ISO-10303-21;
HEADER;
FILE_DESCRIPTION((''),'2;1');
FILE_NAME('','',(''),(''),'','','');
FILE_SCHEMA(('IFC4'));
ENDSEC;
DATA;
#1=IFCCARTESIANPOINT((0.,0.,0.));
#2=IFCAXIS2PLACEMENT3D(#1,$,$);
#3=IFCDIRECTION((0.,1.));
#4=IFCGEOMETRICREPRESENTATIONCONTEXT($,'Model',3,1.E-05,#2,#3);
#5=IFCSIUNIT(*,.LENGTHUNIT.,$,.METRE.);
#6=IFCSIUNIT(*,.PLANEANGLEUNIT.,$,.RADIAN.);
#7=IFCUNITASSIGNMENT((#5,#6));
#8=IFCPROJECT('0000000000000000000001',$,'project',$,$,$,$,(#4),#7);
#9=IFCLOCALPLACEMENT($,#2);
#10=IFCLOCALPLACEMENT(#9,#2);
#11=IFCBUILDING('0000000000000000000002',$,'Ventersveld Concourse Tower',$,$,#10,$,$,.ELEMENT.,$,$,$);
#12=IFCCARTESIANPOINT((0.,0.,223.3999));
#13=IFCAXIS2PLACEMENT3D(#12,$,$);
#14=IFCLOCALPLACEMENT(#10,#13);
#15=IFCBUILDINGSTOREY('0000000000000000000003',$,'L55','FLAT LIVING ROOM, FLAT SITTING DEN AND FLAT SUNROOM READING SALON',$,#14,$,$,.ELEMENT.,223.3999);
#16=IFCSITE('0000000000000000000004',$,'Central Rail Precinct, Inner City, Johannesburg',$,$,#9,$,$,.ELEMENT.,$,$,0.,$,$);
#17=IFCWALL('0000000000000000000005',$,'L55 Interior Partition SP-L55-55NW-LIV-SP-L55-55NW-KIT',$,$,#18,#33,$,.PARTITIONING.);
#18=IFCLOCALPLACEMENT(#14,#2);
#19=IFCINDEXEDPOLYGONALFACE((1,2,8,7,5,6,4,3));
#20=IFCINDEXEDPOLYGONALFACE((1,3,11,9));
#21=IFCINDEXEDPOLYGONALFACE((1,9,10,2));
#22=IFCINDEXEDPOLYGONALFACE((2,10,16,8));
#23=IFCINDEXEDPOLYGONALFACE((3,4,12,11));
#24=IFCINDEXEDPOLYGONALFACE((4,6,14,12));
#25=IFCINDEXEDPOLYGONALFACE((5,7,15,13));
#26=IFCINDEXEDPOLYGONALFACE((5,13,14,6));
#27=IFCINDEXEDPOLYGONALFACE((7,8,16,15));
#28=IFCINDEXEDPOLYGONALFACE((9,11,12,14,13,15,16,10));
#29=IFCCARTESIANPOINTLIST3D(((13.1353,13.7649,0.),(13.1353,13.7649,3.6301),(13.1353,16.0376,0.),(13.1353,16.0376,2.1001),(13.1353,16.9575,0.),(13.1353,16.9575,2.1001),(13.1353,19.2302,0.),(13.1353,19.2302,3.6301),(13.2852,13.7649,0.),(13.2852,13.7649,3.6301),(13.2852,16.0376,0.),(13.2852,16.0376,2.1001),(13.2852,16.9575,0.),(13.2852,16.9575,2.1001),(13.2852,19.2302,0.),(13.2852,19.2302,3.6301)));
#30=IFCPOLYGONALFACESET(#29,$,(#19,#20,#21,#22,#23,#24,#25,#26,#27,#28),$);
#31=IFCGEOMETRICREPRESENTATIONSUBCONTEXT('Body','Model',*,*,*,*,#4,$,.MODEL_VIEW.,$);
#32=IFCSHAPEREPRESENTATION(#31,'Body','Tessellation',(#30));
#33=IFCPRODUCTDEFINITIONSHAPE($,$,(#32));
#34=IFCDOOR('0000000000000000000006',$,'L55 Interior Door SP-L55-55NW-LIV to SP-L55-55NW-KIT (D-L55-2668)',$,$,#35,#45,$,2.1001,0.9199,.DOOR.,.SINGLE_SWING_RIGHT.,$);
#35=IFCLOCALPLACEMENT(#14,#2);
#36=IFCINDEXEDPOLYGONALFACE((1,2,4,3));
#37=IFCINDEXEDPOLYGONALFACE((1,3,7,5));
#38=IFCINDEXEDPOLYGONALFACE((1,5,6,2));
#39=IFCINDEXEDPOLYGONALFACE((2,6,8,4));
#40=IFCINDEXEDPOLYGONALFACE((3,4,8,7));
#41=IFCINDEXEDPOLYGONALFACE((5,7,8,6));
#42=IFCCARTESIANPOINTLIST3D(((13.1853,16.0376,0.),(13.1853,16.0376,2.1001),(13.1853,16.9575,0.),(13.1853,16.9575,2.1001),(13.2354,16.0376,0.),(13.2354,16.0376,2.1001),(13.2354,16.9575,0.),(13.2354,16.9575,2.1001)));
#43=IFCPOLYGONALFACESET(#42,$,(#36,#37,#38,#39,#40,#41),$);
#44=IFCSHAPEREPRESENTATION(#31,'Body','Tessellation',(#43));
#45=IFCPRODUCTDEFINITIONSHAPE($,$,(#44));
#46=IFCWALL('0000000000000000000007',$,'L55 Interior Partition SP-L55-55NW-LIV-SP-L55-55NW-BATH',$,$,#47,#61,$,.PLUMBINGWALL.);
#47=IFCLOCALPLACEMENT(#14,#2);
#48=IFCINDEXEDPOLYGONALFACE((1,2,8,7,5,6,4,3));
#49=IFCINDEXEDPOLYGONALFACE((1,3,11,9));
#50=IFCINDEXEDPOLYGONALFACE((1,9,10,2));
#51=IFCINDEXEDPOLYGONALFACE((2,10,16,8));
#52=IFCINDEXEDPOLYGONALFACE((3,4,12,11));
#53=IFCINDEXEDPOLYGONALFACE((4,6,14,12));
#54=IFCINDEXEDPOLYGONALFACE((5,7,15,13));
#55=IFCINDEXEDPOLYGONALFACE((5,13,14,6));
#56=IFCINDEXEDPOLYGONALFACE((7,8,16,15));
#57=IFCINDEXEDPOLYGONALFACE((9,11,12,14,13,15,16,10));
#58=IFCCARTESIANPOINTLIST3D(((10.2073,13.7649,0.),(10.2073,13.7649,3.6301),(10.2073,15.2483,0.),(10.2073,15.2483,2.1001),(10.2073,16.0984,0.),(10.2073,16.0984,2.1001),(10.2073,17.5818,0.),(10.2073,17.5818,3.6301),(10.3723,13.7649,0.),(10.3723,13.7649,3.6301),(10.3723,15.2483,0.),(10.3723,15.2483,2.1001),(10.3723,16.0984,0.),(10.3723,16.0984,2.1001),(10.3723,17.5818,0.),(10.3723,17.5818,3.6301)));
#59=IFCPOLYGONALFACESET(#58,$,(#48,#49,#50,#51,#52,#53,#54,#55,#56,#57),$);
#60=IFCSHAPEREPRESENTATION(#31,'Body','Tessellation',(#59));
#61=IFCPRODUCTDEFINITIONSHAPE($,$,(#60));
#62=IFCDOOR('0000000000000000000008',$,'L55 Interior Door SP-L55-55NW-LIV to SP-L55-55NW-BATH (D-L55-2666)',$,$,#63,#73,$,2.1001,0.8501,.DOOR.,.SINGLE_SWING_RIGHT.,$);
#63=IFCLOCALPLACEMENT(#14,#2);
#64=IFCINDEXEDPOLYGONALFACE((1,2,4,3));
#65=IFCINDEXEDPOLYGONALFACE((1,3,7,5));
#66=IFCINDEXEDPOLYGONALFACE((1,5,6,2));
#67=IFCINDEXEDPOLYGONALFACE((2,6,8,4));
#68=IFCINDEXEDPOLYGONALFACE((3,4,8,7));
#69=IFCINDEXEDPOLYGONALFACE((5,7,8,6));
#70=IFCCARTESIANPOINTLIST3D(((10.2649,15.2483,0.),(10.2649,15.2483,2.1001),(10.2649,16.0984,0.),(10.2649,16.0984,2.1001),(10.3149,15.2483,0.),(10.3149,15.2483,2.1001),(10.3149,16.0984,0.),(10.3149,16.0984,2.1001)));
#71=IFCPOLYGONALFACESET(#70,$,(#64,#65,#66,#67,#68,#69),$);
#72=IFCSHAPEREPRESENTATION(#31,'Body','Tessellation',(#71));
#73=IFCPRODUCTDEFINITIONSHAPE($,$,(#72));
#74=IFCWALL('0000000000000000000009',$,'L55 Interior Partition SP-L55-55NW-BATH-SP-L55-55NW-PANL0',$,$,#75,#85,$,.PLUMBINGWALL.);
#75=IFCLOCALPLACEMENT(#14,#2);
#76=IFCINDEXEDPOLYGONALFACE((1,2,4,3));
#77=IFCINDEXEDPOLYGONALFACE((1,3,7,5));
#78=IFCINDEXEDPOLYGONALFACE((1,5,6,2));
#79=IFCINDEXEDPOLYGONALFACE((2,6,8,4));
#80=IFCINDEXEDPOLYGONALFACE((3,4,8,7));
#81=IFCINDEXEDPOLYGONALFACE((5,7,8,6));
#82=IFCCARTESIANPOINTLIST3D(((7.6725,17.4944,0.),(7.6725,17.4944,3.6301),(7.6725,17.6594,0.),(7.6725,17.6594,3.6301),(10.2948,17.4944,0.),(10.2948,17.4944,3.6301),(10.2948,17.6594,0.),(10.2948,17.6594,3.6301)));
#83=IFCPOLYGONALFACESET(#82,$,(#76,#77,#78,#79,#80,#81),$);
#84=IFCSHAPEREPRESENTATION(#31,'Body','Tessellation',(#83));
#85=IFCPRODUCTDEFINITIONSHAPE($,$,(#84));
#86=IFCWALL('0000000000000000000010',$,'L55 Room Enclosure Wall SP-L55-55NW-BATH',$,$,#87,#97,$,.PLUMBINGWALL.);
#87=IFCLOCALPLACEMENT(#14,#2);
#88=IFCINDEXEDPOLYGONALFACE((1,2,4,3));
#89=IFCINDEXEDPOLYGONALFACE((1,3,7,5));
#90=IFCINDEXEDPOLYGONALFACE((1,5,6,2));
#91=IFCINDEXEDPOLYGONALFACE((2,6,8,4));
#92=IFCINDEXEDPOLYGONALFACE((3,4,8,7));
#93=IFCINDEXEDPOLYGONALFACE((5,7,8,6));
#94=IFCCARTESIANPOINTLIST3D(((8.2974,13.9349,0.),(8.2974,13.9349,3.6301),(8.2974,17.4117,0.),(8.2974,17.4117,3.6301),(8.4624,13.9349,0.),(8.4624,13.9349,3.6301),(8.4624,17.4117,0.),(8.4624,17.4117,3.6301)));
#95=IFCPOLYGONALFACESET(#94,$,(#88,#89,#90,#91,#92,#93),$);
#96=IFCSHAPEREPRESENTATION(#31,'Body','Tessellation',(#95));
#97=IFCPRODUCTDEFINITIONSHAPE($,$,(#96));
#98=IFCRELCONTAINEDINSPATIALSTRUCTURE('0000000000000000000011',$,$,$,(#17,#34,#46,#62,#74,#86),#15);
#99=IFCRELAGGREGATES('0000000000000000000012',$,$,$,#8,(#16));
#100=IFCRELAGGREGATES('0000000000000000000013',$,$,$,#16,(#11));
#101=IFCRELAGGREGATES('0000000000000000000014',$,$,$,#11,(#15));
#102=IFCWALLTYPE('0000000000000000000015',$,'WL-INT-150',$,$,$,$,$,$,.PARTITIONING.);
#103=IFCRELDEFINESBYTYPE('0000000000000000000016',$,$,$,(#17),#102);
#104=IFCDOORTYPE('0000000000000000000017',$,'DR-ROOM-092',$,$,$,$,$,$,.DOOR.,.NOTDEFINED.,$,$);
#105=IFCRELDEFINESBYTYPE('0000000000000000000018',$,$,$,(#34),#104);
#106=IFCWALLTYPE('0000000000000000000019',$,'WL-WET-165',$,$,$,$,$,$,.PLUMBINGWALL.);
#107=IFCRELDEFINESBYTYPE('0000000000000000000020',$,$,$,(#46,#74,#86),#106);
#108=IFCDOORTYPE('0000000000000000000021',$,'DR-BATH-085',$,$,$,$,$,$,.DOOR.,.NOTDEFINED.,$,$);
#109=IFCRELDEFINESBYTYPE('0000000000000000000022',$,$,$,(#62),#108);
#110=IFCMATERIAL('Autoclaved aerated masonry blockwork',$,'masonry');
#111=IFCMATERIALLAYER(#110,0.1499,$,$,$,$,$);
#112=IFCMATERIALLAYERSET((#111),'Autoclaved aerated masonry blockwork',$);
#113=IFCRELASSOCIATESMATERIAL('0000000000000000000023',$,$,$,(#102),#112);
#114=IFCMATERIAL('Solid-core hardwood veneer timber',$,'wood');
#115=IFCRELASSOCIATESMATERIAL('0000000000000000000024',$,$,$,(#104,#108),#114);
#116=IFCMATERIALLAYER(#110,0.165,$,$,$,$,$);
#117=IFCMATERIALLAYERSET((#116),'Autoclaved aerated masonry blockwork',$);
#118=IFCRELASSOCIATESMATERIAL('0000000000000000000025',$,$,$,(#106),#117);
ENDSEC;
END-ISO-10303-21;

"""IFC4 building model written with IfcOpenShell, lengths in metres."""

from ifc_helpers import new_model, si_unit, direction, frame, frame_2d, origin, place, context, subcontext, project, spatial, rectangle, extrude, material, layer, layer_set, type_object, element, fill, save


model = new_model("IFC4")

# Units and contexts
model_context = context("Model", 3, precision=1e-05, world=origin(), true_north=direction((0.0, 1.0)))
body_context = subcontext(model_context, "Body", "Model", "MODEL_VIEW")
ifc_project = project(units=[si_unit("LENGTHUNIT", "METRE"), si_unit("PLANEANGLEUNIT", "RADIAN")], contexts=[model_context])

# Site, building, storey
site_placement = place(None, origin())
site = spatial("IfcSite", under=ifc_project, at=site_placement, Name="Central Rail Precinct, Inner City, Johannesburg", CompositionType="ELEMENT", RefElevation=0.0)
building_placement = place(site_placement, origin())
building = spatial("IfcBuilding", under=site, at=building_placement, Name="Ventersveld Concourse Tower", CompositionType="ELEMENT")
storey_placement = place(building_placement, frame((0.0, 0.0, 223.3999)))
storey = spatial("IfcBuildingStorey", under=building, at=storey_placement, Name="L55", Description="FLAT LIVING ROOM, FLAT SITTING DEN AND FLAT SUNROOM READING SALON", CompositionType="ELEMENT", Elevation=223.3999)

# Shared definitions
ifc_material_1 = material(Name="Solid-core hardwood veneer timber", Category="wood")

# Walls, openings, doors
ifc_material_2 = material(Name="Autoclaved aerated masonry blockwork", Category="masonry")
ifc_layer_1 = layer(ifc_material_2, 0.1499)
ifc_layer_set_1 = layer_set([ifc_layer_1], Name="Autoclaved aerated masonry blockwork")
wall_type_1 = type_object("IfcWallType", Name="WL-INT-150", PredefinedType="PARTITIONING", material=ifc_layer_set_1)
door_type_1 = type_object("IfcDoorType", Name="DR-ROOM-092", OperationType="NOTDEFINED", PredefinedType="DOOR", material=ifc_material_1)
wall_1_placement = place(storey_placement, frame((13.2102, 13.7649, 0.0), z_axis=(0.0, 0.0, 1.0), x_axis=(0.0, 1.0, 0.0)))
wall_1 = element("IfcWall", 1, at=wall_1_placement, inside=storey, type_object=wall_type_1, Name="L55 Interior Partition SP-L55-55NW-LIV-SP-L55-55NW-KIT", PredefinedType="PARTITIONING", context=body_context, shape_type="SweptSolid", body=[
    extrude(rectangle(XDim=5.4653, YDim=0.1499, at=frame_2d((2.7327, 0.0))), origin(), (0.0, 0.0, 1.0), 3.6301),
])
opening_1_placement = place(wall_1_placement, frame((2.2727, 0.0, 0.0)))
opening_1 = element("IfcOpeningElement", 2, at=opening_1_placement, cuts=wall_1, PredefinedType="OPENING", context=body_context, shape_type="SweptSolid", body=[
    extrude(rectangle(XDim=0.9199, YDim=2.1001, at=frame_2d((0.46, 1.05))), frame((0.0, 0.085, 0.0), z_axis=(0.0, -1.0, 0.0), x_axis=(1.0, 0.0, 0.0)), (0.0, 0.0, 1.0), 0.1699),
])
door_1_placement = place(opening_1_placement, origin())
door_1 = element("IfcDoor", 3, at=door_1_placement, inside=storey, type_object=door_type_1, Name="L55 Interior Door SP-L55-55NW-LIV to SP-L55-55NW-KIT (D-L55-2668)", OperationType="SINGLE_SWING_RIGHT", OverallHeight=2.1001, OverallWidth=0.9199, PredefinedType="DOOR", context=body_context, shape_type="SweptSolid", body=[
    extrude(rectangle(XDim=0.9199, YDim=2.1001, at=frame_2d((0.46, 1.05))), frame((0.0, 0.0249, 0.0), z_axis=(0.0, -1.0, 0.0), x_axis=(1.0, 0.0, 0.0)), (0.0, 0.0, 1.0), 0.05),
])
fill(opening_1, door_1)
ifc_layer_2 = layer(ifc_material_2, 0.165)
ifc_layer_set_2 = layer_set([ifc_layer_2], Name="Autoclaved aerated masonry blockwork")
wall_type_2 = type_object("IfcWallType", Name="WL-WET-165", PredefinedType="PLUMBINGWALL", material=ifc_layer_set_2)
wall_2_placement = place(storey_placement, frame((10.2898, 13.7649, 0.0), z_axis=(0.0, 0.0, 1.0), x_axis=(0.0, 1.0, 0.0)))
wall_2 = element("IfcWall", 4, at=wall_2_placement, inside=storey, type_object=wall_type_2, Name="L55 Interior Partition SP-L55-55NW-LIV-SP-L55-55NW-BATH", PredefinedType="PLUMBINGWALL", context=body_context, shape_type="SweptSolid", body=[
    extrude(rectangle(XDim=3.8169, YDim=0.165, at=frame_2d((1.9084, 0.0))), origin(), (0.0, 0.0, 1.0), 3.6301),
])
opening_2_placement = place(wall_2_placement, frame((1.4834, 0.0, 0.0)))
opening_2 = element("IfcOpeningElement", 5, at=opening_2_placement, cuts=wall_2, PredefinedType="OPENING", context=body_context, shape_type="SweptSolid", body=[
    extrude(rectangle(XDim=0.8501, YDim=2.1001, at=frame_2d((0.425, 1.05))), frame((0.0, 0.0925, 0.0), z_axis=(0.0, -1.0, 0.0), x_axis=(1.0, 0.0, 0.0)), (0.0, 0.0, 1.0), 0.1851),
])
door_type_2 = type_object("IfcDoorType", Name="DR-BATH-085", OperationType="NOTDEFINED", PredefinedType="DOOR", material=ifc_material_1)
door_2_placement = place(opening_2_placement, origin())
door_2 = element("IfcDoor", 6, at=door_2_placement, inside=storey, type_object=door_type_2, Name="L55 Interior Door SP-L55-55NW-LIV to SP-L55-55NW-BATH (D-L55-2666)", OperationType="SINGLE_SWING_RIGHT", OverallHeight=2.1001, OverallWidth=0.8501, PredefinedType="DOOR", context=body_context, shape_type="SweptSolid", body=[
    extrude(rectangle(XDim=0.8501, YDim=2.1001, at=frame_2d((0.425, 1.05))), frame((0.0, 0.0249, 0.0), z_axis=(0.0, -1.0, 0.0), x_axis=(1.0, 0.0, 0.0)), (0.0, 0.0, 1.0), 0.05),
])
fill(opening_2, door_2)

# Walls
wall_3_placement = place(storey_placement, frame((7.6726, 17.5769, 0.0), z_axis=(0.0, 0.0, 1.0), x_axis=(1.0, 0.0, 0.0)))
element("IfcWall", 7, at=wall_3_placement, inside=storey, type_object=wall_type_2, Name="L55 Interior Partition SP-L55-55NW-BATH-SP-L55-55NW-PANL0", PredefinedType="PLUMBINGWALL", context=body_context, shape_type="SweptSolid", body=[
    extrude(rectangle(XDim=2.6223, YDim=0.165, at=frame_2d((1.311, 0.0))), origin(), (0.0, 0.0, 1.0), 3.6301),
])
wall_4_placement = place(storey_placement, frame((8.3799, 13.9351, 0.0), z_axis=(0.0, 0.0, 1.0), x_axis=(0.0, 1.0, 0.0)))
element("IfcWall", 8, at=wall_4_placement, inside=storey, type_object=wall_type_2, Name="L55 Room Enclosure Wall SP-L55-55NW-BATH", PredefinedType="PLUMBINGWALL", context=body_context, shape_type="SweptSolid", body=[
    extrude(rectangle(XDim=3.4768, YDim=0.165, at=frame_2d((1.7383, 0.0))), origin(), (0.0, 0.0, 1.0), 3.6301),
])

save(model, "model.ifc")
